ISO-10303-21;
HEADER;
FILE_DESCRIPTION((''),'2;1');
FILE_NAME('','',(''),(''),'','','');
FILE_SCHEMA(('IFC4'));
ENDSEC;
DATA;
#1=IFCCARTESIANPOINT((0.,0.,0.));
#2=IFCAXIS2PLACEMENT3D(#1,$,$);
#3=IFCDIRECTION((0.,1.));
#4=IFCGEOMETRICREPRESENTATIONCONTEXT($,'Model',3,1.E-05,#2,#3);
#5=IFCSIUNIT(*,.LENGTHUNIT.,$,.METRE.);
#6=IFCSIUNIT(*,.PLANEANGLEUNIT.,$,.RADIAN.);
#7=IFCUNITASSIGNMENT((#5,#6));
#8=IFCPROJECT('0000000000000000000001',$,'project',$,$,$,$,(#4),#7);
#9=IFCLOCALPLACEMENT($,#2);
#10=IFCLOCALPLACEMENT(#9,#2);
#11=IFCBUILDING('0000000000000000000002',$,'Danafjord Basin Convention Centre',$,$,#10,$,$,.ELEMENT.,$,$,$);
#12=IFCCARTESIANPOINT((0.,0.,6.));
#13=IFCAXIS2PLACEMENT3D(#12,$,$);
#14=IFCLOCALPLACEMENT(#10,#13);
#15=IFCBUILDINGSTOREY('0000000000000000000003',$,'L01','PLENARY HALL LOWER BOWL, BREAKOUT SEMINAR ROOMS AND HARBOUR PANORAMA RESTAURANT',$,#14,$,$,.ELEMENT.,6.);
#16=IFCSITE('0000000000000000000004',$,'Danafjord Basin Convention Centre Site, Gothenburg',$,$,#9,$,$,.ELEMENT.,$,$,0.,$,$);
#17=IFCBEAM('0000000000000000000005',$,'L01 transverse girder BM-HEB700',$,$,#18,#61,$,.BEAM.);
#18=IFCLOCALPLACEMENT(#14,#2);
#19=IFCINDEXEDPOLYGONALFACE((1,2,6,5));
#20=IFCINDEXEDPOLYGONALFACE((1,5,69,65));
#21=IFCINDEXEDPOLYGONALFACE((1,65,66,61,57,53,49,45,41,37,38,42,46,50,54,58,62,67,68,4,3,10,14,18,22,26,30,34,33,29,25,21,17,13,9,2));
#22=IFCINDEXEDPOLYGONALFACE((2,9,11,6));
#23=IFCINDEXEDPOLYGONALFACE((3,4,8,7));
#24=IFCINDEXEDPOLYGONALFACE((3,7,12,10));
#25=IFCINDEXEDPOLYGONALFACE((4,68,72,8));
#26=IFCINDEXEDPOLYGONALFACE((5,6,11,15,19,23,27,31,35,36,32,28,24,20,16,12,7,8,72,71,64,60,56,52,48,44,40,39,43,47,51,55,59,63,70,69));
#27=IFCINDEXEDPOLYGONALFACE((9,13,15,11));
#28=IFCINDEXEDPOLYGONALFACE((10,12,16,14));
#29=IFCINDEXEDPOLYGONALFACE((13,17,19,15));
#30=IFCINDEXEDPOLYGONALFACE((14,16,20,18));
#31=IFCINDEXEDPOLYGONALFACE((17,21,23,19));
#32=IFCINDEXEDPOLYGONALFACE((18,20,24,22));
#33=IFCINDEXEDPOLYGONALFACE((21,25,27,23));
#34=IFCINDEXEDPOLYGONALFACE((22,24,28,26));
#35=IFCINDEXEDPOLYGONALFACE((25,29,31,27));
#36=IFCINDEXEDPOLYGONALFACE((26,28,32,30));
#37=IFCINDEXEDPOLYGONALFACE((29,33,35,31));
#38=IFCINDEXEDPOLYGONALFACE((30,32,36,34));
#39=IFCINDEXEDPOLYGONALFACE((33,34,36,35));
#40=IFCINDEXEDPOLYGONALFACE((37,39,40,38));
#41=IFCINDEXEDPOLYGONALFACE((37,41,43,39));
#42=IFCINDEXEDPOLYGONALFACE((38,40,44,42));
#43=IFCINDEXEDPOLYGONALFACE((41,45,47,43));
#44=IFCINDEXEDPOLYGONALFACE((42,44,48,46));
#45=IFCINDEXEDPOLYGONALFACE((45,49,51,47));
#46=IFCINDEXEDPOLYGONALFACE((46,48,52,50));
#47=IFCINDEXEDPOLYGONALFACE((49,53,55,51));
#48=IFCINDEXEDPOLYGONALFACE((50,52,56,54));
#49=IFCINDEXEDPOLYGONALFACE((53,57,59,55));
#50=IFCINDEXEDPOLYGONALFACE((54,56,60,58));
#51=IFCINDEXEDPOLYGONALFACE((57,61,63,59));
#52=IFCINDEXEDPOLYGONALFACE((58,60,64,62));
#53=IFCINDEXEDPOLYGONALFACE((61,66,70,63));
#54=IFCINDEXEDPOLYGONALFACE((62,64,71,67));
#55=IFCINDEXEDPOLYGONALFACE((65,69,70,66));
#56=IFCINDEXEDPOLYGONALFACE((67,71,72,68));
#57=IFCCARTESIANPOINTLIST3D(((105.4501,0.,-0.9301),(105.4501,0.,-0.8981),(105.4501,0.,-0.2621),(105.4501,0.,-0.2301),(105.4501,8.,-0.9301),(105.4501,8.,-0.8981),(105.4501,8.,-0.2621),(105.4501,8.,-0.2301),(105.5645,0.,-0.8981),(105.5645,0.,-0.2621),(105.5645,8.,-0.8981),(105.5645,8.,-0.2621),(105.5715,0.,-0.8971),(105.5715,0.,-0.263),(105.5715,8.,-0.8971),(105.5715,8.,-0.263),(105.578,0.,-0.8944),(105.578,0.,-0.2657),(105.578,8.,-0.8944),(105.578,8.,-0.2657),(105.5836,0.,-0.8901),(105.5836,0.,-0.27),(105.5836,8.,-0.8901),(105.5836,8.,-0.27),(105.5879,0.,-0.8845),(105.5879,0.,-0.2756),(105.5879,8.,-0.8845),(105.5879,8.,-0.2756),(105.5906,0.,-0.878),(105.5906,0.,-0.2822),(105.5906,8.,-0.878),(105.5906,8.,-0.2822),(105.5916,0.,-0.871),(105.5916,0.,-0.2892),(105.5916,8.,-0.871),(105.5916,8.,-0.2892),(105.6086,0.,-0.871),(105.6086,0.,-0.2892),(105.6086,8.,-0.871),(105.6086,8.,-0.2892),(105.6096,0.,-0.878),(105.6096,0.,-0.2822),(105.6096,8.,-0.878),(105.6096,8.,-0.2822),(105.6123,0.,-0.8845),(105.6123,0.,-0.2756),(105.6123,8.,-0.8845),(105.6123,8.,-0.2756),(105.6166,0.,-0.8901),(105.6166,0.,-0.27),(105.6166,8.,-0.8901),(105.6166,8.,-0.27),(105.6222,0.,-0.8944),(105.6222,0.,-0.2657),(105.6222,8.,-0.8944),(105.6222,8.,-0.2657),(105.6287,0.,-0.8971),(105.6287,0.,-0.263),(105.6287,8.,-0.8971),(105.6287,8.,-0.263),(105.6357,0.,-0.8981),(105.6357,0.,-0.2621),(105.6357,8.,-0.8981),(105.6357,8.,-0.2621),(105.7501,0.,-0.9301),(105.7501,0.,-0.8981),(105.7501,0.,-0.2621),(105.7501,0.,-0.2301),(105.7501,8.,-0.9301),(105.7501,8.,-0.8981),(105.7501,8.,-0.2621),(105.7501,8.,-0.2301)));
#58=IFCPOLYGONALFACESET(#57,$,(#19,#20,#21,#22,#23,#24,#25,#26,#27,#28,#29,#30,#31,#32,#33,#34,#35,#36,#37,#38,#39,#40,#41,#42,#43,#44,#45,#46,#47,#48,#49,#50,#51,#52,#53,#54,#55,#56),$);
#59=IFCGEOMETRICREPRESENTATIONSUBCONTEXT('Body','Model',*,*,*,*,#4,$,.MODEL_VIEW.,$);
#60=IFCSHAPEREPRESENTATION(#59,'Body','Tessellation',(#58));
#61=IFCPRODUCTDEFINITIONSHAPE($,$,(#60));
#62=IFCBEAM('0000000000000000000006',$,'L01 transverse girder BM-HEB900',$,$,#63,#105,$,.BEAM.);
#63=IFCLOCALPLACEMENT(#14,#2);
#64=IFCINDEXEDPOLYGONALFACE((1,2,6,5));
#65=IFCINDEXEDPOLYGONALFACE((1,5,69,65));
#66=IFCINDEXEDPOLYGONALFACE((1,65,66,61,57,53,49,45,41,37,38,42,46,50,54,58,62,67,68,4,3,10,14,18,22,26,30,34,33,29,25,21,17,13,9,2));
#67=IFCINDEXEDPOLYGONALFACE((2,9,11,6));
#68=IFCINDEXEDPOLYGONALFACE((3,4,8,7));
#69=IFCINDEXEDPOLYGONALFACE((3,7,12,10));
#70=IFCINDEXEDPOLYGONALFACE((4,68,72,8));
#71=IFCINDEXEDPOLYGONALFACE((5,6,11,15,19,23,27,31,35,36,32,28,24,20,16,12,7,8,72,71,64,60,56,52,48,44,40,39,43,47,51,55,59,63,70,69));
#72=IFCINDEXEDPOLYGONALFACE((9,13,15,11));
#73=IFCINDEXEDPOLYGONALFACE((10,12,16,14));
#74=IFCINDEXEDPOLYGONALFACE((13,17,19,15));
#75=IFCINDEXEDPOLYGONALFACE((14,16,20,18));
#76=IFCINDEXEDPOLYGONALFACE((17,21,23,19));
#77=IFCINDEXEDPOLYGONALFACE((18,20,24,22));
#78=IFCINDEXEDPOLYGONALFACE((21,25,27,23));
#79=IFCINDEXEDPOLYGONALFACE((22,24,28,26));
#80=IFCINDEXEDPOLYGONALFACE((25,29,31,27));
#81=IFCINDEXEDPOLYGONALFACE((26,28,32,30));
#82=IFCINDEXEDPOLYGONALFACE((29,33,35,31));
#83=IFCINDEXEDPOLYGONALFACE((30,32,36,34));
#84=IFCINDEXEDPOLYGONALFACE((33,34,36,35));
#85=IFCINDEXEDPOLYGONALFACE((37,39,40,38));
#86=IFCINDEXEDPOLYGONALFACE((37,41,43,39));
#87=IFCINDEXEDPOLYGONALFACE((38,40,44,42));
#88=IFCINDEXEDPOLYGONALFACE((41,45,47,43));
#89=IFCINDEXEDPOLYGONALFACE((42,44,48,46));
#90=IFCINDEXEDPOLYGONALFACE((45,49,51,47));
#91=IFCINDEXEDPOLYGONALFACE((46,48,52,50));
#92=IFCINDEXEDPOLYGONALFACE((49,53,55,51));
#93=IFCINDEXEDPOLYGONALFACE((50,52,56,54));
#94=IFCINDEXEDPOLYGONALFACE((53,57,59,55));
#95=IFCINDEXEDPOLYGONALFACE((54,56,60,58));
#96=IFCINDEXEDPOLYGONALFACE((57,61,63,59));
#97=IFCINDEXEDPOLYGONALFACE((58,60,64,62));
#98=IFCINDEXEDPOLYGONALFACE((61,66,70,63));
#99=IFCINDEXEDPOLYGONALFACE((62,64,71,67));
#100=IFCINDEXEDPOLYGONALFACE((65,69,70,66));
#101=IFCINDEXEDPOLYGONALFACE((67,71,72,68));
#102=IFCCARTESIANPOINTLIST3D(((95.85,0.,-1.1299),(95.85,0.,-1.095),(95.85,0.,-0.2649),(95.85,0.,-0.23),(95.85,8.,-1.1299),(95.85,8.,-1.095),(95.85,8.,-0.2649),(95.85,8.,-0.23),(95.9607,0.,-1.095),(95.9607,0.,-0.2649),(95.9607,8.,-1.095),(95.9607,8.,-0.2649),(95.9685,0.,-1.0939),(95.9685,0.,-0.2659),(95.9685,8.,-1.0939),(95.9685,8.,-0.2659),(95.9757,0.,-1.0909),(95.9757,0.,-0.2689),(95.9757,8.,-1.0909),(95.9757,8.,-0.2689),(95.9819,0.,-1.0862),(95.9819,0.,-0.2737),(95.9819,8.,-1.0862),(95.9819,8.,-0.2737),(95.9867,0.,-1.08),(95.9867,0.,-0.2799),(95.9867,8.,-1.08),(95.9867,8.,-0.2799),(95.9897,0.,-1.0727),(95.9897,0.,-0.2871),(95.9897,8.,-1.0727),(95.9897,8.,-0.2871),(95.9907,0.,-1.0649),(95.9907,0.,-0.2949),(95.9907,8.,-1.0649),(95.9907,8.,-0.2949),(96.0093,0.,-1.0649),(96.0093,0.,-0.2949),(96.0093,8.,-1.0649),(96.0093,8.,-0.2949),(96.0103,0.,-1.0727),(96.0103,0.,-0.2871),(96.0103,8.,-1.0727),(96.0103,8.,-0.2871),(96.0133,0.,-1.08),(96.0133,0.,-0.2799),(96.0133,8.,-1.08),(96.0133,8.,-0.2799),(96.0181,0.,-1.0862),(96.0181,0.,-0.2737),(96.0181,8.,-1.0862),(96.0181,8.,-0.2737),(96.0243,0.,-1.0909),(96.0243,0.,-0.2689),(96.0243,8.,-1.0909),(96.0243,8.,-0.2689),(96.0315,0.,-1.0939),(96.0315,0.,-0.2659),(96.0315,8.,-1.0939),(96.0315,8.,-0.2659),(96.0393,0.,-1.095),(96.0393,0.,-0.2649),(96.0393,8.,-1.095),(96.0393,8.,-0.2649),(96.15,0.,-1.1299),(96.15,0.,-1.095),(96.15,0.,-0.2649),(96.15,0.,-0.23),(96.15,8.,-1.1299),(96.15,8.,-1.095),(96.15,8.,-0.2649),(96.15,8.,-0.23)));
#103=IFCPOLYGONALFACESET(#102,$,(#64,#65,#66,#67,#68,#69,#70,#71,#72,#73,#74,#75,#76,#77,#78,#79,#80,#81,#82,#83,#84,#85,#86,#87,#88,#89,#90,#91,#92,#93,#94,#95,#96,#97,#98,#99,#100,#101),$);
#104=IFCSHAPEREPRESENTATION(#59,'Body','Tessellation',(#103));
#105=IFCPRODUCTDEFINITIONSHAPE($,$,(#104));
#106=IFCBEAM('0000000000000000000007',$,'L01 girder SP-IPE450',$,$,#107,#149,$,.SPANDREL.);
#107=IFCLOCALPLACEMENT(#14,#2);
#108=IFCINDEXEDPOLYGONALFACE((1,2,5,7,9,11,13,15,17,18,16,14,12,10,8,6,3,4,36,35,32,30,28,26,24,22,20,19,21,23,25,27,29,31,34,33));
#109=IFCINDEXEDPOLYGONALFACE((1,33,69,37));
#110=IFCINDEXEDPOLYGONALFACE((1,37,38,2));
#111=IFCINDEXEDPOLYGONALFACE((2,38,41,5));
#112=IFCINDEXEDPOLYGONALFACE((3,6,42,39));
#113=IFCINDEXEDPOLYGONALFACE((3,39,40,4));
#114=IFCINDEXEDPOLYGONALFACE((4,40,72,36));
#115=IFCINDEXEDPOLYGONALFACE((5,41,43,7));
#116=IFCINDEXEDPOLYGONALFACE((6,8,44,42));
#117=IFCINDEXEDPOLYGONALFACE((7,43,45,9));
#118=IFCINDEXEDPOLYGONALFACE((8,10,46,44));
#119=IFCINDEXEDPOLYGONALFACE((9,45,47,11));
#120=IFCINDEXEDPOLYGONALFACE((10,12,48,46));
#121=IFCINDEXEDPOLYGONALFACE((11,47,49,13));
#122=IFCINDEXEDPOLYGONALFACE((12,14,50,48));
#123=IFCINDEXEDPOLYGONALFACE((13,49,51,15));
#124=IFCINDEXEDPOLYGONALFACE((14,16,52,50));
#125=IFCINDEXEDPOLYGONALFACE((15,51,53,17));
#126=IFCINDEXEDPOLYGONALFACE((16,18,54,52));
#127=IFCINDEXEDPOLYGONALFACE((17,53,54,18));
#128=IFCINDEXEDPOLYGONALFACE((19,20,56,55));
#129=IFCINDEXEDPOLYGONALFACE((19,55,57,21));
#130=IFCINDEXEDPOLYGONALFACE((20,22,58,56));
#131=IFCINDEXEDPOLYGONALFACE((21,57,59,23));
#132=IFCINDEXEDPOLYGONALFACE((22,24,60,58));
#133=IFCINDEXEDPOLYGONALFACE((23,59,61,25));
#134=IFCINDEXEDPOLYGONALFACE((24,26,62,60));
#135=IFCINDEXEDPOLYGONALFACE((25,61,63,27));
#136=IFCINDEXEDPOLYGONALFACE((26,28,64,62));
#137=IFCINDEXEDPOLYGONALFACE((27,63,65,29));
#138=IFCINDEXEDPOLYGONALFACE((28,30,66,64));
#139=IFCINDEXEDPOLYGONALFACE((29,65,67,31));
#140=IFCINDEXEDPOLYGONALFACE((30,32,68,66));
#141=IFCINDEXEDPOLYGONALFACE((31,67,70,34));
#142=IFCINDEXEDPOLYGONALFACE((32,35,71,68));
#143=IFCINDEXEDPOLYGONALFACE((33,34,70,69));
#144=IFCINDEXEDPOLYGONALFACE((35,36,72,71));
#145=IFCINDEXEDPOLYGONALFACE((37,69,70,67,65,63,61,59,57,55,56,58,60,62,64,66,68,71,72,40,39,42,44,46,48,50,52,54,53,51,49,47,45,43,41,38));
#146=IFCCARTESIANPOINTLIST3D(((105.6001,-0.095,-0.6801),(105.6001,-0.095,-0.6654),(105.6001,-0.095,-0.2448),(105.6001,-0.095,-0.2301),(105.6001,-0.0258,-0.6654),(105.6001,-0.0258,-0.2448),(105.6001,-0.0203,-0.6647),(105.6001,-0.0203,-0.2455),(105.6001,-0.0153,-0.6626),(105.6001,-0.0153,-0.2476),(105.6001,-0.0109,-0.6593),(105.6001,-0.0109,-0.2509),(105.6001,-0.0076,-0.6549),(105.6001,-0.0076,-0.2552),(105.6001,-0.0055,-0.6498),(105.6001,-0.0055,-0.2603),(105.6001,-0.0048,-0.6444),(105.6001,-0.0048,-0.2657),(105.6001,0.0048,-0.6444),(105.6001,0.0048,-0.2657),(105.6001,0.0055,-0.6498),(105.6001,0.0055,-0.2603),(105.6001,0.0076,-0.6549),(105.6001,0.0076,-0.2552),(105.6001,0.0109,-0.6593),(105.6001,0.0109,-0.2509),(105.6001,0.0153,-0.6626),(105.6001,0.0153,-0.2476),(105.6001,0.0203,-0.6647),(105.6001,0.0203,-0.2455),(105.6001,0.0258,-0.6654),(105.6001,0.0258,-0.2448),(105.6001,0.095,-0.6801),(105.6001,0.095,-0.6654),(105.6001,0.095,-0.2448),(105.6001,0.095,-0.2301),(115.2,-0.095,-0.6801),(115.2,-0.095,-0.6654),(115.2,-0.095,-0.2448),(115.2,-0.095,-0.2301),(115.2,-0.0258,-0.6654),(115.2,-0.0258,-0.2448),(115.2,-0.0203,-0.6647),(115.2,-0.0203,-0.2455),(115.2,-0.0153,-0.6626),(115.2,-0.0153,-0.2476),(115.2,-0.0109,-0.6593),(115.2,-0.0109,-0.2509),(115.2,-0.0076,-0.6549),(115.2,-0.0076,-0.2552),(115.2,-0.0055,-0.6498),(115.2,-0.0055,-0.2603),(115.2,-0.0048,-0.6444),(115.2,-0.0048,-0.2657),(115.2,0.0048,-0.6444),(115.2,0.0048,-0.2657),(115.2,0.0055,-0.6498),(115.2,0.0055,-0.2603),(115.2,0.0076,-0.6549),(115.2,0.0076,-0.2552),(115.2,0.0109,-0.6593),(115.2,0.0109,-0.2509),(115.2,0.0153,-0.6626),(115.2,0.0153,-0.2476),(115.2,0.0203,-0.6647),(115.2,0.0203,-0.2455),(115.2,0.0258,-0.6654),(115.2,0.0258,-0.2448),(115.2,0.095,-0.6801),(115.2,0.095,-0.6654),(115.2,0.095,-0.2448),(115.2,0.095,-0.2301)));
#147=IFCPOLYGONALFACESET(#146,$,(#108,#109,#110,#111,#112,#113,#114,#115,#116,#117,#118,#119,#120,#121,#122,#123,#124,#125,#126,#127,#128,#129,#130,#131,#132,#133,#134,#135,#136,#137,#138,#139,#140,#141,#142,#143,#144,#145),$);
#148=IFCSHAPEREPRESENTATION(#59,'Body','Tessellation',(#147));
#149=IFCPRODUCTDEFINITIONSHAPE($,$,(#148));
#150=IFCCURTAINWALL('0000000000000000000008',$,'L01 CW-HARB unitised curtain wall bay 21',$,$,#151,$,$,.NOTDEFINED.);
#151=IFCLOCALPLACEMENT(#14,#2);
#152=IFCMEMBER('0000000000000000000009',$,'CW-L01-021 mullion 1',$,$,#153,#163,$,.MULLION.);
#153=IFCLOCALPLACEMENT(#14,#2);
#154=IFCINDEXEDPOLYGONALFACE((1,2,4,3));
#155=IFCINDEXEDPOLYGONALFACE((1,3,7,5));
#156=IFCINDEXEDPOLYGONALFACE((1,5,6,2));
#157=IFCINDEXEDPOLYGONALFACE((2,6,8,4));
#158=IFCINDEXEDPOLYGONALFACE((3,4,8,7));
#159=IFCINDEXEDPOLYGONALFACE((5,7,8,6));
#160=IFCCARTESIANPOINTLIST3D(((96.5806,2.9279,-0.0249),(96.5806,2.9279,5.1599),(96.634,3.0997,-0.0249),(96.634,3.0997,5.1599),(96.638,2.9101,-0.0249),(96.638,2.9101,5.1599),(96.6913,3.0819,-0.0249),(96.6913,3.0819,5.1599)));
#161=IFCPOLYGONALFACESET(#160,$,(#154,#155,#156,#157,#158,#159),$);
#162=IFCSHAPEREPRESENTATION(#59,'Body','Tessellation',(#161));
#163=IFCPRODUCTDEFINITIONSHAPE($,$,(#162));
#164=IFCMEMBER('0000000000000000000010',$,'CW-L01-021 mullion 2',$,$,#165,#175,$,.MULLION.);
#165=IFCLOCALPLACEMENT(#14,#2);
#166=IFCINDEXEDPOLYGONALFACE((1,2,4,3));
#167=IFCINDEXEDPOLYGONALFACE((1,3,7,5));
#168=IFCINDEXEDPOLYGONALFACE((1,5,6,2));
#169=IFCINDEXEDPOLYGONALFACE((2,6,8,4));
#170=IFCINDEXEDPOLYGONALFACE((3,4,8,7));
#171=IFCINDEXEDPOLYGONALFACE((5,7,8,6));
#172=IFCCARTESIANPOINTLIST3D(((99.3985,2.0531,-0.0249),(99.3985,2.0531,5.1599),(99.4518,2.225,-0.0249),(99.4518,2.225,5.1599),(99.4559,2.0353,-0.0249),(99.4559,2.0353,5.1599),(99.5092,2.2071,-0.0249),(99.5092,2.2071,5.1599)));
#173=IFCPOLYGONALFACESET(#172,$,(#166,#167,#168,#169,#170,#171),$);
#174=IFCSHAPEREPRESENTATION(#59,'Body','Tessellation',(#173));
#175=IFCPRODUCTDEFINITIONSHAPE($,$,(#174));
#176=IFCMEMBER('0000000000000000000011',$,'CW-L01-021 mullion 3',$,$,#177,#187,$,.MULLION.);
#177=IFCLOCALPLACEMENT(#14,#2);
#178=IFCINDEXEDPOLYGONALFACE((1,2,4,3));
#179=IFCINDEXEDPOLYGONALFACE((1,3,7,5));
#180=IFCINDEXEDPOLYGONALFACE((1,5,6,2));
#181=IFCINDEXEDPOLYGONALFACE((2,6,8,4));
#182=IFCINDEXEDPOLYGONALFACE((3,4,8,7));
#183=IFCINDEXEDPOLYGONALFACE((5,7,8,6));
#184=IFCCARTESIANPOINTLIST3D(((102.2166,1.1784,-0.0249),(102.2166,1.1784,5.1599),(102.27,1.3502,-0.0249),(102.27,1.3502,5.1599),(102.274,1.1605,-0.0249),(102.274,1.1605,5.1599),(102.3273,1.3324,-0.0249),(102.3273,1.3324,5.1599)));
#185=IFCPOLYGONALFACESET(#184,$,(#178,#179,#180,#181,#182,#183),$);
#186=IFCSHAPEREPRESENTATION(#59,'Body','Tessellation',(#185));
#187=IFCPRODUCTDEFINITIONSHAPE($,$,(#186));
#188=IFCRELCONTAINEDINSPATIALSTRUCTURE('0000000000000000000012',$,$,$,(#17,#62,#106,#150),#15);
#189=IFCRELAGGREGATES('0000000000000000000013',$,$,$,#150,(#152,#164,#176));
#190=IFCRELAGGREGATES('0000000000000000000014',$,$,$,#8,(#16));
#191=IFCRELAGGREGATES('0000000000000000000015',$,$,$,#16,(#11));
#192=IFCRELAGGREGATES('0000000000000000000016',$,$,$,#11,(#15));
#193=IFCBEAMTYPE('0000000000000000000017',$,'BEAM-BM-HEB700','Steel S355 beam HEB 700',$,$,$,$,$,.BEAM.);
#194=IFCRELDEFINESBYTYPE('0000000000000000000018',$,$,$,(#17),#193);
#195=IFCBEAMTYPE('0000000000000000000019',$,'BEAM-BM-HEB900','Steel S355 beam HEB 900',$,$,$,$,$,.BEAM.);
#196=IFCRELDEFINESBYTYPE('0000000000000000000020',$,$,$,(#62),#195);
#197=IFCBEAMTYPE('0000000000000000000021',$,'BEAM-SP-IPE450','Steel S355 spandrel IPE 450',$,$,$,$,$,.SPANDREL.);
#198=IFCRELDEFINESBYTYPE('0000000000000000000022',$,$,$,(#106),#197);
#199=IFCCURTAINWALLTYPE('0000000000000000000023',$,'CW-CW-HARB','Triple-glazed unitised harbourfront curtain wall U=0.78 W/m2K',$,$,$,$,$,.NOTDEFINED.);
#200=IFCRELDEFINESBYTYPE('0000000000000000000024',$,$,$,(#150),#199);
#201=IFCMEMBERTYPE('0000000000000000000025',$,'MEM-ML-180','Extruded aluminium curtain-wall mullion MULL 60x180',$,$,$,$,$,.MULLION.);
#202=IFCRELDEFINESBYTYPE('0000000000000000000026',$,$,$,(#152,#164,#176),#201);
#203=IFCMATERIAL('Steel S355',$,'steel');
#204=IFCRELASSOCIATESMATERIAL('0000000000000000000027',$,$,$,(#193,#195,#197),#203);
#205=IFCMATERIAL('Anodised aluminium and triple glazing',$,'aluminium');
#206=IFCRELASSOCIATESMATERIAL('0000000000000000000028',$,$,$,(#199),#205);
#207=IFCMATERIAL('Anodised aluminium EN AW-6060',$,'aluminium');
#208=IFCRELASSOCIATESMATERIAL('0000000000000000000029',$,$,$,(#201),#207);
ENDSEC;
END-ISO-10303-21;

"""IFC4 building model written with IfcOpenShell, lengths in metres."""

from ifc_helpers import new_model, si_unit, direction, frame, origin, origin_2d, place, context, subcontext, project, spatial, rectangle, i_section, extrude, material, material_profile, profile_set, type_object, element, aggregate, save


model = new_model("IFC4")

# Units and contexts
model_context = context("Model", 3, precision=1e-05, world=origin(), true_north=direction((0.0, 1.0)))
body_context = subcontext(model_context, "Body", "Model", "MODEL_VIEW")
ifc_project = project(units=[si_unit("LENGTHUNIT", "METRE"), si_unit("PLANEANGLEUNIT", "RADIAN")], contexts=[model_context])

# Site, building, storey
site_placement = place(None, origin())
site = spatial("IfcSite", under=ifc_project, at=site_placement, Name="Danafjord Basin Convention Centre Site, Gothenburg", CompositionType="ELEMENT", RefElevation=0.0)
building_placement = place(site_placement, origin())
building = spatial("IfcBuilding", under=site, at=building_placement, Name="Danafjord Basin Convention Centre", CompositionType="ELEMENT")
storey_placement = place(building_placement, frame((0.0, 0.0, 6.0)))
storey = spatial("IfcBuildingStorey", under=building, at=storey_placement, Name="L01", Description="PLENARY HALL LOWER BOWL, BREAKOUT SEMINAR ROOMS AND HARBOUR PANORAMA RESTAURANT", CompositionType="ELEMENT", Elevation=6.0)

# Shared definitions
ifc_material_1 = material(Name="Steel S355", Category="steel")

# Beams
ifc_material_profile_1 = material_profile(ifc_material_1, i_section(OverallWidth=0.3, OverallDepth=0.7, WebThickness=0.0171, FlangeThickness=0.032, FilletRadius=0.0271, at=origin_2d()), Name="HEB 700")
ifc_profile_set_1 = profile_set([ifc_material_profile_1], Name="Steel S355")
beam_type_1 = type_object("IfcBeamType", Name="BEAM-BM-HEB700", Description="Steel S355 beam HEB 700", PredefinedType="BEAM", material=ifc_profile_set_1)
for number, where, z_axis, x_axis, name in (
    (1, (105.6001, 0.0, -0.5801), (0.0, 1.0, 0.0), (-1.0, 0.0, 0.0), "L01 transverse girder BM-HEB700"),
):
    element("IfcBeam", number, at=place(storey_placement, frame(where, z_axis=z_axis, x_axis=x_axis)), inside=storey, type_object=beam_type_1, Name=name, PredefinedType="BEAM", context=body_context, shape_type="SweptSolid", body=[
        extrude(i_section(OverallWidth=0.3, OverallDepth=0.7, WebThickness=0.0171, FlangeThickness=0.032, FilletRadius=0.0271, at=origin_2d()), origin(), (0.0, 0.0, 1.0), 8.0),
    ])
ifc_material_profile_2 = material_profile(ifc_material_1, i_section(OverallWidth=0.3, OverallDepth=0.8999, WebThickness=0.0186, FlangeThickness=0.0349, FilletRadius=0.03, at=origin_2d()), Name="HEB 900")
ifc_profile_set_2 = profile_set([ifc_material_profile_2], Name="Steel S355")
beam_type_2 = type_object("IfcBeamType", Name="BEAM-BM-HEB900", Description="Steel S355 beam HEB 900", PredefinedType="BEAM", material=ifc_profile_set_2)
beam_1_placement = place(storey_placement, frame((96.0, 0.0, -0.6799), z_axis=(0.0, 1.0, 0.0), x_axis=(-1.0, 0.0, 0.0)))
element("IfcBeam", 2, at=beam_1_placement, inside=storey, type_object=beam_type_2, Name="L01 transverse girder BM-HEB900", PredefinedType="BEAM", context=body_context, shape_type="SweptSolid", body=[
    extrude(i_section(OverallWidth=0.3, OverallDepth=0.8999, WebThickness=0.0186, FlangeThickness=0.0349, FilletRadius=0.03, at=origin_2d()), origin(), (0.0, 0.0, 1.0), 8.0),
])
ifc_material_profile_3 = material_profile(ifc_material_1, i_section(OverallWidth=0.1899, OverallDepth=0.45, WebThickness=0.0095, FlangeThickness=0.0146, FilletRadius=0.021, at=origin_2d()), Name="IPE 450")
ifc_profile_set_3 = profile_set([ifc_material_profile_3], Name="Steel S355")
beam_type_3 = type_object("IfcBeamType", Name="BEAM-SP-IPE450", Description="Steel S355 spandrel IPE 450", PredefinedType="SPANDREL", material=ifc_profile_set_3)
beam_2_placement = place(storey_placement, frame((105.6001, 0.0, -0.4551), z_axis=(1.0, 0.0, 0.0), x_axis=(0.0, 1.0, 0.0)))
element("IfcBeam", 3, at=beam_2_placement, inside=storey, type_object=beam_type_3, Name="L01 girder SP-IPE450", PredefinedType="SPANDREL", context=body_context, shape_type="SweptSolid", body=[
    extrude(i_section(OverallWidth=0.1899, OverallDepth=0.45, WebThickness=0.0095, FlangeThickness=0.0146, FilletRadius=0.021, at=origin_2d()), origin(), (0.0, 0.0, 1.0), 9.5999),
])

# Curtain wall, members
ifc_material_2 = material(Name="Anodised aluminium and triple glazing", Category="aluminium")
curtain_wall_type = type_object("IfcCurtainWallType", Name="CW-CW-HARB", Description="Triple-glazed unitised harbourfront curtain wall U=0.78 W/m2K", PredefinedType="NOTDEFINED", material=ifc_material_2)
curtain_wall_placement = place(storey_placement, origin())
curtain_wall = element("IfcCurtainWall", 4, at=curtain_wall_placement, inside=storey, type_object=curtain_wall_type, Name="L01 CW-HARB unitised curtain wall bay 21", PredefinedType="NOTDEFINED")
ifc_material_3 = material(Name="Anodised aluminium EN AW-6060", Category="aluminium")
ifc_material_profile_4 = material_profile(ifc_material_3, rectangle(XDim=0.0601, YDim=0.1799, at=origin_2d()), Name="MULL 60x180")
ifc_profile_set_4 = profile_set([ifc_material_profile_4], Name="Anodised aluminium EN AW-6060")
member_type_1 = type_object("IfcMemberType", Name="MEM-ML-180", Description="Extruded aluminium curtain-wall mullion MULL 60x180", PredefinedType="MULLION", material=ifc_profile_set_4)
member_1_placement = place(storey_placement, frame((96.636, 3.0049, -0.0249), z_axis=(0.0, 0.0, 1.0), x_axis=(0.955045, -0.296462, 0.0)))
member_1 = element("IfcMember", 5, at=member_1_placement, type_object=member_type_1, Name="CW-L01-021 mullion 1", PredefinedType="MULLION", context=body_context, shape_type="SweptSolid", body=[
    extrude(rectangle(XDim=0.0601, YDim=0.1799, at=origin_2d()), origin(), (0.0, 0.0, 1.0), 5.1848),
])
member_2_placement = place(storey_placement, frame((99.4539, 2.1301, -0.0249), z_axis=(0.0, 0.0, 1.0), x_axis=(0.955045, -0.296462, 0.0)))
member_2 = element("IfcMember", 6, at=member_2_placement, type_object=member_type_1, Name="CW-L01-021 mullion 2", PredefinedType="MULLION", context=body_context, shape_type="SweptSolid", body=[
    extrude(rectangle(XDim=0.0601, YDim=0.1799, at=origin_2d()), origin(), (0.0, 0.0, 1.0), 5.1848),
])
member_3_placement = place(storey_placement, frame((102.272, 1.2554, -0.0249), z_axis=(0.0, 0.0, 1.0), x_axis=(0.955045, -0.296462, 0.0)))
member_3 = element("IfcMember", 7, at=member_3_placement, type_object=member_type_1, Name="CW-L01-021 mullion 3", PredefinedType="MULLION", context=body_context, shape_type="SweptSolid", body=[
    extrude(rectangle(XDim=0.0601, YDim=0.1799, at=origin_2d()), origin(), (0.0, 0.0, 1.0), 5.1848),
])
aggregate(curtain_wall, [member_1, member_2, member_3])

save(model, "model.ifc")
